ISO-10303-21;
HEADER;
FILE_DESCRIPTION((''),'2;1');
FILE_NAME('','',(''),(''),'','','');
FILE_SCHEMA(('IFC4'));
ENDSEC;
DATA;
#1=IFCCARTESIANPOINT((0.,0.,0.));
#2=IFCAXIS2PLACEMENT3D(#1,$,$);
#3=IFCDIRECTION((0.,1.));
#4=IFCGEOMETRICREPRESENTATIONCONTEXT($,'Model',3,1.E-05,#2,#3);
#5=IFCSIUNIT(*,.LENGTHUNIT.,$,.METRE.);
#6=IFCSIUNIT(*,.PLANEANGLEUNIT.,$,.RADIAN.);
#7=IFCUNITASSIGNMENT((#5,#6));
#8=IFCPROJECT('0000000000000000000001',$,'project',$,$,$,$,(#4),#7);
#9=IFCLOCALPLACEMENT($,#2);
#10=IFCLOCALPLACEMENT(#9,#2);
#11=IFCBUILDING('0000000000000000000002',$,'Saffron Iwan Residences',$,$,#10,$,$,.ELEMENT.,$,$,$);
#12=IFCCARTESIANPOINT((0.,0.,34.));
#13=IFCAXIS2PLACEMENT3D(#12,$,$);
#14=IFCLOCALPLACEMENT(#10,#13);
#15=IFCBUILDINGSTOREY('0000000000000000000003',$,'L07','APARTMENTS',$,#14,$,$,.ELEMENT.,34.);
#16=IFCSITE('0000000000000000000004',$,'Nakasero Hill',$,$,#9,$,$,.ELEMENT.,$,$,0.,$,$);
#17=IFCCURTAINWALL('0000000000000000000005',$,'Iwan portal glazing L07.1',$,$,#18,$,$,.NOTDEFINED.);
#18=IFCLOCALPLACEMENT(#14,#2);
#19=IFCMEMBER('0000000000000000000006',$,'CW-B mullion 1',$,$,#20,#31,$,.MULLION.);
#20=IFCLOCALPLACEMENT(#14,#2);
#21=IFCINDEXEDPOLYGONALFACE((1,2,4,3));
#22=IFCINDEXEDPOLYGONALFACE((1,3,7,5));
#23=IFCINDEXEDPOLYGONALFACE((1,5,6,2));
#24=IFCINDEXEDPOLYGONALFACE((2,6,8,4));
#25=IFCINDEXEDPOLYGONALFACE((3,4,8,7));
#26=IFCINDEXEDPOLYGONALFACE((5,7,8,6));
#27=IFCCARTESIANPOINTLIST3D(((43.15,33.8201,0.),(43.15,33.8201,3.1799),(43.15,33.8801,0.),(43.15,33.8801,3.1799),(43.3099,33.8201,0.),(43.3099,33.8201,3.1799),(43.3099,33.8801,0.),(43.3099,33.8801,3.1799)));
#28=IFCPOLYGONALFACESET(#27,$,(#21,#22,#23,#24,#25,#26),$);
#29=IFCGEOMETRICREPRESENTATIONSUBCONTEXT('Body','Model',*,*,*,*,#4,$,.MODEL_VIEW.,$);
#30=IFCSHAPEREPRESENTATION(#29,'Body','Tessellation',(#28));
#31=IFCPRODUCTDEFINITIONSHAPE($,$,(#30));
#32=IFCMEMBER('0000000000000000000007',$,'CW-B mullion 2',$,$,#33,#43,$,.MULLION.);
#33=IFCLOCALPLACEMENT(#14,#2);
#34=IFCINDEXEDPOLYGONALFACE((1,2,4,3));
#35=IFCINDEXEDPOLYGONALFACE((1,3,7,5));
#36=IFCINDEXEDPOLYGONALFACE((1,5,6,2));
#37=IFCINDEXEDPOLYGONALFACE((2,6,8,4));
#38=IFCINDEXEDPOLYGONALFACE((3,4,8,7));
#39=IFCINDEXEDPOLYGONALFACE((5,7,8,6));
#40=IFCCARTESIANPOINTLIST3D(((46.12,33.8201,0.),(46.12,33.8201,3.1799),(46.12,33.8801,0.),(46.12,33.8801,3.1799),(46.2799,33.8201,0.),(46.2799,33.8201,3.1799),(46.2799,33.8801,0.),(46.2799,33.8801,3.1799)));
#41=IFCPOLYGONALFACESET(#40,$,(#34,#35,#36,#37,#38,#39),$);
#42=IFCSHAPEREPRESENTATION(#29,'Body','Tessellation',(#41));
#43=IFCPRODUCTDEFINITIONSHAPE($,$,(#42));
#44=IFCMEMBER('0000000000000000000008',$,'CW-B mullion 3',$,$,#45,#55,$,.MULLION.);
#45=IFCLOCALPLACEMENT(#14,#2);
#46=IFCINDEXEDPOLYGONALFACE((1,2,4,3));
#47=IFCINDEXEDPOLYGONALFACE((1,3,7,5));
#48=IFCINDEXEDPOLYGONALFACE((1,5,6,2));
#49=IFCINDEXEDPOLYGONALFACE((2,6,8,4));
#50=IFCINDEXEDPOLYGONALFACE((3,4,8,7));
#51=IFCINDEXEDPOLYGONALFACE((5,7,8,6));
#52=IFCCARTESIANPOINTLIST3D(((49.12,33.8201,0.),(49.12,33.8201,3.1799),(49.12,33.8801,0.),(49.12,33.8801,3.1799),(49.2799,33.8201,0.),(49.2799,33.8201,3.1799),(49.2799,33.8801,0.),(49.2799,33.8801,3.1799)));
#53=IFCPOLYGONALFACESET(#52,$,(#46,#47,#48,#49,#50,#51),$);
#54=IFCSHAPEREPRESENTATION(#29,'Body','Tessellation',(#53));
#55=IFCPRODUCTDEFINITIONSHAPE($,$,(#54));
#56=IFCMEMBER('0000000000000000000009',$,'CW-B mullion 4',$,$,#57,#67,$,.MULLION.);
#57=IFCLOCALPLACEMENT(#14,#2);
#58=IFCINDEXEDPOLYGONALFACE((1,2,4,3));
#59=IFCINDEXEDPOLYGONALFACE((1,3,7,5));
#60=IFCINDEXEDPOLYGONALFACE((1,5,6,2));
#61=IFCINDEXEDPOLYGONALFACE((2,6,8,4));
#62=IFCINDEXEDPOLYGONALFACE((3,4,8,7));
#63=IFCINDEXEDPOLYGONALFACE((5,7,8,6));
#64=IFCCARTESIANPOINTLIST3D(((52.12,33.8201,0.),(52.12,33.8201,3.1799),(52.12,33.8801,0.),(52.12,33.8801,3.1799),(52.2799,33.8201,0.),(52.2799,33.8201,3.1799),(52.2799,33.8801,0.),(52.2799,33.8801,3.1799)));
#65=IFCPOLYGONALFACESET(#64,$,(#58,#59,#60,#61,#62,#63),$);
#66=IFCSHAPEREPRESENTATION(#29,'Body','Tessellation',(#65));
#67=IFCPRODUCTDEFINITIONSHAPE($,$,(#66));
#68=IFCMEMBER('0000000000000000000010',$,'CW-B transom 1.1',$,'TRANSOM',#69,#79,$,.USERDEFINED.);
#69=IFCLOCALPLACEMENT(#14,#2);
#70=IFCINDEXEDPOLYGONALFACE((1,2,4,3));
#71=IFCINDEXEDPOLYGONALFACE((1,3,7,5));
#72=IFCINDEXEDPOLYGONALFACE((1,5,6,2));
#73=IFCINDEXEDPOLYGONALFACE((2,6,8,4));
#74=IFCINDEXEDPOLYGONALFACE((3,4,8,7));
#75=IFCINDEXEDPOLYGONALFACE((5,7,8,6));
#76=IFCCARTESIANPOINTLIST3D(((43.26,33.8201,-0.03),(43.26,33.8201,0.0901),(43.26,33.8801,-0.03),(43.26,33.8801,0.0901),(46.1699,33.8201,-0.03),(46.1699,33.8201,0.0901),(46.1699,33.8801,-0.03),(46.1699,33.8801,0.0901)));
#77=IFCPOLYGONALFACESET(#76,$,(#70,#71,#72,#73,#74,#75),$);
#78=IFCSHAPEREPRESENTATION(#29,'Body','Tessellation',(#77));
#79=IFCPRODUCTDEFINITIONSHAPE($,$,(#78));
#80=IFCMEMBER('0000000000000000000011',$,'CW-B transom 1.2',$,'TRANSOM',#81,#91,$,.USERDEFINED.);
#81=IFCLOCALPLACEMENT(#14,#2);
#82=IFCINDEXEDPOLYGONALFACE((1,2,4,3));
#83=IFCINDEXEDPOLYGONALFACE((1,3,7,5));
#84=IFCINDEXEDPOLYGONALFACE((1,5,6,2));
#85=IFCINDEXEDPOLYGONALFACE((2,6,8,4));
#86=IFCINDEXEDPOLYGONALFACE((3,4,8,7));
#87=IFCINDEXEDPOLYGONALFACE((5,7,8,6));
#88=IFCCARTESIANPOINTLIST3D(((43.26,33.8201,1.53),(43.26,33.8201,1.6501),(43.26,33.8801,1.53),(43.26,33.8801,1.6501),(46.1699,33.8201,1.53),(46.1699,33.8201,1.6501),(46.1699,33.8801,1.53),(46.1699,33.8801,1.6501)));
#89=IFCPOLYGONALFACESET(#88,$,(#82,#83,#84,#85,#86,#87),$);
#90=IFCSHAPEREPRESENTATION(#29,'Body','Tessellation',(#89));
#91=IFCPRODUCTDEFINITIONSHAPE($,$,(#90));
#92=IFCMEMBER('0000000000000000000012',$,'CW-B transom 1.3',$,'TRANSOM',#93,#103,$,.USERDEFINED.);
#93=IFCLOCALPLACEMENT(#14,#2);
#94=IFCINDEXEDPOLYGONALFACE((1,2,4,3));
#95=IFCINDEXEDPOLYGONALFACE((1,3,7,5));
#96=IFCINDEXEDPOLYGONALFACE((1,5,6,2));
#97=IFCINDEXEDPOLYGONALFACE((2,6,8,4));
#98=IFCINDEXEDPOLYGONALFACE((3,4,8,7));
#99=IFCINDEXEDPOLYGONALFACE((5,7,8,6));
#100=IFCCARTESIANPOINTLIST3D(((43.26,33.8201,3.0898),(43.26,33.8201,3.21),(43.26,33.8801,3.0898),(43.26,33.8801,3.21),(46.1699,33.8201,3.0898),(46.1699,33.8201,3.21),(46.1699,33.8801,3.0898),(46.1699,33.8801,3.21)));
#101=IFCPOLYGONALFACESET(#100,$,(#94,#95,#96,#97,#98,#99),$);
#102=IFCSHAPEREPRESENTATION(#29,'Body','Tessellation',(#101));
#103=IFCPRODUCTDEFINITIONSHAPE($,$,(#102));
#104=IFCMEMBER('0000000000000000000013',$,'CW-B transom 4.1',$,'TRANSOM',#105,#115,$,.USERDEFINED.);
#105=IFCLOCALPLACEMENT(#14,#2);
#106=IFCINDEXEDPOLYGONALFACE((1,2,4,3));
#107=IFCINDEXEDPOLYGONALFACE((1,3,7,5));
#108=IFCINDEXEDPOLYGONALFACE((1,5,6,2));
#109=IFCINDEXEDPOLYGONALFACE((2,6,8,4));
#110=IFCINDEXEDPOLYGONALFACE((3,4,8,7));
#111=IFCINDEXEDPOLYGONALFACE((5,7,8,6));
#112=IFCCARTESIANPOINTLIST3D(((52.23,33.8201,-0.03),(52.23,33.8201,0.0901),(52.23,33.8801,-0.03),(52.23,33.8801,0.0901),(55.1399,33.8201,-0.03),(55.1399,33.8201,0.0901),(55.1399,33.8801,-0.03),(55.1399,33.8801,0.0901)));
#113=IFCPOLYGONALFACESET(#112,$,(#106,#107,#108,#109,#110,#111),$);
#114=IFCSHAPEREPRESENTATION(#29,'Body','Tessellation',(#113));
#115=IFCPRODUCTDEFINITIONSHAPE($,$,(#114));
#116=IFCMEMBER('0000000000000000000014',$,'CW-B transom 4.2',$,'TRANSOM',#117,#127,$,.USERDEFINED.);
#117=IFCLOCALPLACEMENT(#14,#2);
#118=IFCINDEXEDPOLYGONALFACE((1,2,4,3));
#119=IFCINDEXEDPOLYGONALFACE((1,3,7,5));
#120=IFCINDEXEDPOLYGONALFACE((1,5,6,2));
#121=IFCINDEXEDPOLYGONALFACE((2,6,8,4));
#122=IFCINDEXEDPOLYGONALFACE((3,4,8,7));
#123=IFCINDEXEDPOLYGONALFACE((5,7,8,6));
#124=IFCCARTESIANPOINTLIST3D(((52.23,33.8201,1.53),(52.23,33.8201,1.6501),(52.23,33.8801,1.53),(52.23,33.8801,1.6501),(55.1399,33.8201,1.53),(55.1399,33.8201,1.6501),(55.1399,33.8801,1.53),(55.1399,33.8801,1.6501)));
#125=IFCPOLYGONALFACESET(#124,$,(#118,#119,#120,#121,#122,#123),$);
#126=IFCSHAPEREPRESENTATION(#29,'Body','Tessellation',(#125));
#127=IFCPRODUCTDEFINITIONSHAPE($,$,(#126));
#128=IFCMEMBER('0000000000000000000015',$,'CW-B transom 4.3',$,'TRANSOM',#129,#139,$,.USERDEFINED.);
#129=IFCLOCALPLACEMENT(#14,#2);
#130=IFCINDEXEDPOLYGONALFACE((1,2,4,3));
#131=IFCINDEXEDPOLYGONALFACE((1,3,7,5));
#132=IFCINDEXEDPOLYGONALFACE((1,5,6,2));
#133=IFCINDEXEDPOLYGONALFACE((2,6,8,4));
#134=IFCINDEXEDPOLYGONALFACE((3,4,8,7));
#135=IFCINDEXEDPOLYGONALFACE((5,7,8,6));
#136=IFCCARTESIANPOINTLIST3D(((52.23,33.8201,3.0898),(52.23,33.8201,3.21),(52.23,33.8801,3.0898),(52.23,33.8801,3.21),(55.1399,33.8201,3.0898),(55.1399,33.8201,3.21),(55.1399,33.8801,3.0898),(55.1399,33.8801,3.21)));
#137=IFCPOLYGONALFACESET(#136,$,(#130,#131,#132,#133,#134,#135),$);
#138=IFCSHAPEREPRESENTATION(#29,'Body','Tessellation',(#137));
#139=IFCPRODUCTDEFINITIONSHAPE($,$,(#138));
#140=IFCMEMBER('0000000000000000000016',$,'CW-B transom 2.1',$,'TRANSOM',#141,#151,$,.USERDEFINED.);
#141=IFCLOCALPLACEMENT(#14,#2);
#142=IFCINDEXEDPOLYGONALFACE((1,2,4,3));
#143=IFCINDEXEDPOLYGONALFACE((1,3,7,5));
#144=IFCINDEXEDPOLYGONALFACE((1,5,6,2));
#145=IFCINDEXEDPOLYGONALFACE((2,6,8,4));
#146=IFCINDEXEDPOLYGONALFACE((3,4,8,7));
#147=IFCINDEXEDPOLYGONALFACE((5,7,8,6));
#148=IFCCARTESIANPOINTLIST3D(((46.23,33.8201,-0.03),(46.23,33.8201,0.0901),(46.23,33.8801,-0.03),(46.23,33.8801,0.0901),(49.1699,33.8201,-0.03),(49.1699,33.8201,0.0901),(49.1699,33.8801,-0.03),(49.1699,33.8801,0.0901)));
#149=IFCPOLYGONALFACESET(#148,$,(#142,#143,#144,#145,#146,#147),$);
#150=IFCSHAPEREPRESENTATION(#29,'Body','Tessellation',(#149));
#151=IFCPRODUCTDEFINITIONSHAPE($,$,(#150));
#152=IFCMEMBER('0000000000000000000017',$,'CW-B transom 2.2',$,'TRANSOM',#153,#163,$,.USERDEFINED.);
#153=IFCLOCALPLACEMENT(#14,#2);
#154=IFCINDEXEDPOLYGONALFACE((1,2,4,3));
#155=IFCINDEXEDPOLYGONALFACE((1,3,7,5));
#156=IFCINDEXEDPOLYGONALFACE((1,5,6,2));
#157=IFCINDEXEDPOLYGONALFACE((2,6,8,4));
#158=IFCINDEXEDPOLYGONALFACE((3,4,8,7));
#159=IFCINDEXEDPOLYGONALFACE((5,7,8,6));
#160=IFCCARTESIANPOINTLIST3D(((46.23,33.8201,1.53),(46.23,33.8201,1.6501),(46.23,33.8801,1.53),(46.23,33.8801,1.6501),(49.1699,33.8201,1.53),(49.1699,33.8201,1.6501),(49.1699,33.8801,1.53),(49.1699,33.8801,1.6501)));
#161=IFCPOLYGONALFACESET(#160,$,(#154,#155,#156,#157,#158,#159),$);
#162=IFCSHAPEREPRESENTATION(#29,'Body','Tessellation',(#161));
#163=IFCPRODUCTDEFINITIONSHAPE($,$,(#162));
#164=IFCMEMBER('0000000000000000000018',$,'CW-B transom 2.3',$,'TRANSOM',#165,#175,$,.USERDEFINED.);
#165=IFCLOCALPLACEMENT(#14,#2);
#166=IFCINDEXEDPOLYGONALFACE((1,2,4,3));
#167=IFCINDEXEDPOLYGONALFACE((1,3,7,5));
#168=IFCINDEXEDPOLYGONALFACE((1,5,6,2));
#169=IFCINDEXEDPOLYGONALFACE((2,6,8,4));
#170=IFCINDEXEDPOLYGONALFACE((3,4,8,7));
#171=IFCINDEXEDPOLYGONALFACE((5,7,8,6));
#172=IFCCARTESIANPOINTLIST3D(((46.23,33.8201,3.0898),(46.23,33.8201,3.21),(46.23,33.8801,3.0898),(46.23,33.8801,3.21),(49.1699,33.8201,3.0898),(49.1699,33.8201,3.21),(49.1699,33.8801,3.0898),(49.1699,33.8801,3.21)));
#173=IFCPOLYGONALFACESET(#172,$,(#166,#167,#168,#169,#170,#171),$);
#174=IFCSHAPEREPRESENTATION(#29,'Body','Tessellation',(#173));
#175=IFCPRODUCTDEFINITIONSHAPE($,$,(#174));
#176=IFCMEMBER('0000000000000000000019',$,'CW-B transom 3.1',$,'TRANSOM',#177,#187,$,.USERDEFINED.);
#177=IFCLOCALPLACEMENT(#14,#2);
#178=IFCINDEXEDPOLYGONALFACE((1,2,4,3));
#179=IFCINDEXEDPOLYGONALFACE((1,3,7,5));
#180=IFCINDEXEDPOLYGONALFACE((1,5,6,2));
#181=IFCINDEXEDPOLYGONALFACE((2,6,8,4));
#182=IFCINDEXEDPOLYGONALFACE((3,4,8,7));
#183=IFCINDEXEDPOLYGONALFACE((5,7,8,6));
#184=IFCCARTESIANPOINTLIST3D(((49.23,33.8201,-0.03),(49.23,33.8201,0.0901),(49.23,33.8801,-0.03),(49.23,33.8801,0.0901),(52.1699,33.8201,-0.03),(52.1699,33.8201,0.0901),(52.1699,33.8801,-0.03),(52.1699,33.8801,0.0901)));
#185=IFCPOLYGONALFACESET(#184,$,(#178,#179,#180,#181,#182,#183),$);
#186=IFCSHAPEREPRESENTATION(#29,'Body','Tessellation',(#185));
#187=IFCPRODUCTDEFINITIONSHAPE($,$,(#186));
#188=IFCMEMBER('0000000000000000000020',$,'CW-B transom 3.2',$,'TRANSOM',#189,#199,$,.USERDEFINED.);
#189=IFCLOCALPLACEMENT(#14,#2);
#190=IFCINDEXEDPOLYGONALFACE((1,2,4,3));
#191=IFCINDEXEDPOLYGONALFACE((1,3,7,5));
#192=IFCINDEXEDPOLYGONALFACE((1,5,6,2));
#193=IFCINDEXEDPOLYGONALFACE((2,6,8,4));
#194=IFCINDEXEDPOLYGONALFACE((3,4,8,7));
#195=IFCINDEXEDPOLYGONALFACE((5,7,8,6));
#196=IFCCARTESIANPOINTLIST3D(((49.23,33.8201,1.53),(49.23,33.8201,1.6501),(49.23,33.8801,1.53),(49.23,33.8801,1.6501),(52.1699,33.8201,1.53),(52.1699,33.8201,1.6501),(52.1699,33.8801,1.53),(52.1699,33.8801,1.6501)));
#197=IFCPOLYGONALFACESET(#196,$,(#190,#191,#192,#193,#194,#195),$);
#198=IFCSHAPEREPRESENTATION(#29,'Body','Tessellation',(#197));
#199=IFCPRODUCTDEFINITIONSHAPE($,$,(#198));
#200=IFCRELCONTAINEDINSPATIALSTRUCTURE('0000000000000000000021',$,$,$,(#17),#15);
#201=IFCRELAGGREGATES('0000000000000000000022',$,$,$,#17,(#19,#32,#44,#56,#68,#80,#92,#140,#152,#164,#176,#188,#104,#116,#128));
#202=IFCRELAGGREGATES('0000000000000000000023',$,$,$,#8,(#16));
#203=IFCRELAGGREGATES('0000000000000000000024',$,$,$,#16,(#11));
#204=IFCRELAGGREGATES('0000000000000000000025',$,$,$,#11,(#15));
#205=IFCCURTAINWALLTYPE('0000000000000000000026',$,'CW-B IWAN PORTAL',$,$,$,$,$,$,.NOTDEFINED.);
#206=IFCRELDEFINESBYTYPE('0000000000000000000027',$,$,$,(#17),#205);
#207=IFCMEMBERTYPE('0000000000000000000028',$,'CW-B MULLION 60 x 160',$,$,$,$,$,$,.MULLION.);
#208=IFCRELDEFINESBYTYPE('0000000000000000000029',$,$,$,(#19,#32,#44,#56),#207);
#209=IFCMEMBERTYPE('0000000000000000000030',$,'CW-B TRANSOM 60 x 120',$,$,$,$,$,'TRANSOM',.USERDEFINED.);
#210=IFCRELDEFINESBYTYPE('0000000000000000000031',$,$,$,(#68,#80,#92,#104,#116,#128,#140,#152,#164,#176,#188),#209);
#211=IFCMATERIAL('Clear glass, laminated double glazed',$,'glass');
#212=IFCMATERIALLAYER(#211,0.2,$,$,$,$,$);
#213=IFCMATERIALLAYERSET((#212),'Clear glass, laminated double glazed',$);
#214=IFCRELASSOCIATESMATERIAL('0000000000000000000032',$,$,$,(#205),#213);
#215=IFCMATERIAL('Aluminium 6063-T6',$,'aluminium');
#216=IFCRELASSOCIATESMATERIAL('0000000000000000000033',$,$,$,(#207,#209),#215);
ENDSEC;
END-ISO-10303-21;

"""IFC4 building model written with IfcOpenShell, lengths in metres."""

from ifc_helpers import new_model, si_unit, direction, frame, origin, origin_2d, place, context, subcontext, project, spatial, rectangle, extrude, source, transform, mapped, material, layer, layer_set, material_profile, profile_set, type_object, element, aggregate, save


model = new_model("IFC4")

# Units and contexts
model_context = context("Model", 3, precision=1e-05, world=origin(), true_north=direction((0.0, 1.0)))
body_context = subcontext(model_context, "Body", "Model", "MODEL_VIEW")
ifc_project = project(units=[si_unit("LENGTHUNIT", "METRE"), si_unit("PLANEANGLEUNIT", "RADIAN")], contexts=[model_context])

# Site, building, storey
site_placement = place(None, origin())
site = spatial("IfcSite", under=ifc_project, at=site_placement, Name="Nakasero Hill", CompositionType="ELEMENT", RefElevation=0.0)
building_placement = place(site_placement, origin())
building = spatial("IfcBuilding", under=site, at=building_placement, Name="Saffron Iwan Residences", CompositionType="ELEMENT")
storey_placement = place(building_placement, frame((0.0, 0.0, 34.0)))
storey = spatial("IfcBuildingStorey", under=building, at=storey_placement, Name="L07", Description="APARTMENTS", CompositionType="ELEMENT", Elevation=34.0)

# Curtain wall, members
ifc_material_1 = material(Name="Clear glass, laminated double glazed", Category="glass")
ifc_layer_1 = layer(ifc_material_1, 0.2)
ifc_layer_set_1 = layer_set([ifc_layer_1], Name="Clear glass, laminated double glazed")
curtain_wall_type = type_object("IfcCurtainWallType", Name="CW-B IWAN PORTAL", PredefinedType="NOTDEFINED", material=ifc_layer_set_1)
curtain_wall_placement = place(storey_placement, origin())
curtain_wall = element("IfcCurtainWall", 1, at=curtain_wall_placement, inside=storey, type_object=curtain_wall_type, Name="Iwan portal glazing L07.1", PredefinedType="NOTDEFINED")
ifc_material_2 = material(Name="Aluminium 6063-T6", Category="aluminium")
ifc_material_profile_1 = material_profile(ifc_material_2, rectangle(XDim=0.0601, YDim=0.1599, at=origin_2d()), Name="CW-B MULLION 60 x 160")
ifc_profile_set_1 = profile_set([ifc_material_profile_1], Name="Aluminium 6063-T6")
member_type_1 = type_object("IfcMemberType", Name="CW-B MULLION 60 x 160", PredefinedType="MULLION", material=ifc_profile_set_1)
shared_shape_1 = source(origin(), body_context, "Body", "SweptSolid", [
    extrude(rectangle(XDim=0.0601, YDim=0.1599, at=origin_2d()), origin(), (0.0, 0.0, 1.0), 3.1799),
])
member_1_placement = place(storey_placement, frame((43.23, 33.8501, 0.0), z_axis=(0.0, 0.0, 1.0), x_axis=(0.0, 1.0, 0.0)))
member_1 = element("IfcMember", 2, at=member_1_placement, type_object=member_type_1, Name="CW-B mullion 1", PredefinedType="MULLION", context=body_context, shape_type="MappedRepresentation", body=[
    mapped(shared_shape_1, transform((0.0, 0.0, 0.0))),
])
member_2_placement = place(storey_placement, frame((46.2, 33.8501, 0.0), z_axis=(0.0, 0.0, 1.0), x_axis=(0.0, 1.0, 0.0)))
member_2 = element("IfcMember", 3, at=member_2_placement, type_object=member_type_1, Name="CW-B mullion 2", PredefinedType="MULLION", context=body_context, shape_type="MappedRepresentation", body=[
    mapped(shared_shape_1, transform((0.0, 0.0, 0.0))),
])
member_3_placement = place(storey_placement, frame((49.2, 33.8501, 0.0), z_axis=(0.0, 0.0, 1.0), x_axis=(0.0, 1.0, 0.0)))
member_3 = element("IfcMember", 4, at=member_3_placement, type_object=member_type_1, Name="CW-B mullion 3", PredefinedType="MULLION", context=body_context, shape_type="MappedRepresentation", body=[
    mapped(shared_shape_1, transform((0.0, 0.0, 0.0))),
])
member_4_placement = place(storey_placement, frame((52.2, 33.8501, 0.0), z_axis=(0.0, 0.0, 1.0), x_axis=(0.0, 1.0, 0.0)))
member_4 = element("IfcMember", 5, at=member_4_placement, type_object=member_type_1, Name="CW-B mullion 4", PredefinedType="MULLION", context=body_context, shape_type="MappedRepresentation", body=[
    mapped(shared_shape_1, transform((0.0, 0.0, 0.0))),
])
ifc_material_profile_2 = material_profile(ifc_material_2, rectangle(XDim=0.0601, YDim=0.1201, at=origin_2d()), Name="CW-B TRANSOM 60 x 120")
ifc_profile_set_2 = profile_set([ifc_material_profile_2], Name="Aluminium 6063-T6")
member_type_2 = type_object("IfcMemberType", Name="CW-B TRANSOM 60 x 120", ElementType="TRANSOM", PredefinedType="USERDEFINED", material=ifc_profile_set_2)
shared_shape_2 = source(origin(), body_context, "Body", "SweptSolid", [
    extrude(rectangle(XDim=0.0601, YDim=0.1201, at=origin_2d()), origin(), (0.0, 0.0, 1.0), 2.9099),
])
member_5_placement = place(storey_placement, frame((43.26, 33.8501, 0.03), z_axis=(1.0, 0.0, 0.0), x_axis=(0.0, 1.0, 0.0)))
member_5 = element("IfcMember", 6, at=member_5_placement, type_object=member_type_2, Name="CW-B transom 1.1", ObjectType="TRANSOM", PredefinedType="USERDEFINED", context=body_context, shape_type="MappedRepresentation", body=[
    mapped(shared_shape_2, transform((0.0, 0.0, 0.0))),
])
member_6_placement = place(storey_placement, frame((43.26, 33.8501, 1.5901), z_axis=(1.0, 0.0, 0.0), x_axis=(0.0, 1.0, 0.0)))
member_6 = element("IfcMember", 7, at=member_6_placement, type_object=member_type_2, Name="CW-B transom 1.2", ObjectType="TRANSOM", PredefinedType="USERDEFINED", context=body_context, shape_type="MappedRepresentation", body=[
    mapped(shared_shape_2, transform((0.0, 0.0, 0.0))),
])
member_7_placement = place(storey_placement, frame((43.26, 33.8501, 3.1499), z_axis=(1.0, 0.0, 0.0), x_axis=(0.0, 1.0, 0.0)))
member_7 = element("IfcMember", 8, at=member_7_placement, type_object=member_type_2, Name="CW-B transom 1.3", ObjectType="TRANSOM", PredefinedType="USERDEFINED", context=body_context, shape_type="MappedRepresentation", body=[
    mapped(shared_shape_2, transform((0.0, 0.0, 0.0))),
])
member_8_placement = place(storey_placement, frame((52.23, 33.8501, 0.03), z_axis=(1.0, 0.0, 0.0), x_axis=(0.0, 1.0, 0.0)))
member_8 = element("IfcMember", 9, at=member_8_placement, type_object=member_type_2, Name="CW-B transom 4.1", ObjectType="TRANSOM", PredefinedType="USERDEFINED", context=body_context, shape_type="MappedRepresentation", body=[
    mapped(shared_shape_2, transform((0.0, 0.0, 0.0))),
])
member_9_placement = place(storey_placement, frame((52.23, 33.8501, 1.5901), z_axis=(1.0, 0.0, 0.0), x_axis=(0.0, 1.0, 0.0)))
member_9 = element("IfcMember", 10, at=member_9_placement, type_object=member_type_2, Name="CW-B transom 4.2", ObjectType="TRANSOM", PredefinedType="USERDEFINED", context=body_context, shape_type="MappedRepresentation", body=[
    mapped(shared_shape_2, transform((0.0, 0.0, 0.0))),
])
member_10_placement = place(storey_placement, frame((52.23, 33.8501, 3.1499), z_axis=(1.0, 0.0, 0.0), x_axis=(0.0, 1.0, 0.0)))
member_10 = element("IfcMember", 11, at=member_10_placement, type_object=member_type_2, Name="CW-B transom 4.3", ObjectType="TRANSOM", PredefinedType="USERDEFINED", context=body_context, shape_type="MappedRepresentation", body=[
    mapped(shared_shape_2, transform((0.0, 0.0, 0.0))),
])
shared_shape_3 = source(origin(), body_context, "Body", "SweptSolid", [
    extrude(rectangle(XDim=0.0601, YDim=0.1201, at=origin_2d()), origin(), (0.0, 0.0, 1.0), 2.9399),
])
member_11_placement = place(storey_placement, frame((46.23, 33.8501, 0.03), z_axis=(1.0, 0.0, 0.0), x_axis=(0.0, 1.0, 0.0)))
member_11 = element("IfcMember", 12, at=member_11_placement, type_object=member_type_2, Name="CW-B transom 2.1", ObjectType="TRANSOM", PredefinedType="USERDEFINED", context=body_context, shape_type="MappedRepresentation", body=[
    mapped(shared_shape_3, transform((0.0, 0.0, 0.0))),
])
member_12_placement = place(storey_placement, frame((46.23, 33.8501, 1.5901), z_axis=(1.0, 0.0, 0.0), x_axis=(0.0, 1.0, 0.0)))
member_12 = element("IfcMember", 13, at=member_12_placement, type_object=member_type_2, Name="CW-B transom 2.2", ObjectType="TRANSOM", PredefinedType="USERDEFINED", context=body_context, shape_type="MappedRepresentation", body=[
    mapped(shared_shape_3, transform((0.0, 0.0, 0.0))),
])
member_13_placement = place(storey_placement, frame((46.23, 33.8501, 3.1499), z_axis=(1.0, 0.0, 0.0), x_axis=(0.0, 1.0, 0.0)))
member_13 = element("IfcMember", 14, at=member_13_placement, type_object=member_type_2, Name="CW-B transom 2.3", ObjectType="TRANSOM", PredefinedType="USERDEFINED", context=body_context, shape_type="MappedRepresentation", body=[
    mapped(shared_shape_3, transform((0.0, 0.0, 0.0))),
])
member_14_placement = place(storey_placement, frame((49.23, 33.8501, 0.03), z_axis=(1.0, 0.0, 0.0), x_axis=(0.0, 1.0, 0.0)))
member_14 = element("IfcMember", 15, at=member_14_placement, type_object=member_type_2, Name="CW-B transom 3.1", ObjectType="TRANSOM", PredefinedType="USERDEFINED", context=body_context, shape_type="MappedRepresentation", body=[
    mapped(shared_shape_3, transform((0.0, 0.0, 0.0))),
])
member_15_placement = place(storey_placement, frame((49.23, 33.8501, 1.5901), z_axis=(1.0, 0.0, 0.0), x_axis=(0.0, 1.0, 0.0)))
member_15 = element("IfcMember", 16, at=member_15_placement, type_object=member_type_2, Name="CW-B transom 3.2", ObjectType="TRANSOM", PredefinedType="USERDEFINED", context=body_context, shape_type="MappedRepresentation", body=[
    mapped(shared_shape_3, transform((0.0, 0.0, 0.0))),
])
aggregate(curtain_wall, [member_1, member_2, member_3, member_4, member_5, member_6, member_7, member_11, member_12, member_13, member_14, member_15, member_8, member_9, member_10])

save(model, "model.ifc")
